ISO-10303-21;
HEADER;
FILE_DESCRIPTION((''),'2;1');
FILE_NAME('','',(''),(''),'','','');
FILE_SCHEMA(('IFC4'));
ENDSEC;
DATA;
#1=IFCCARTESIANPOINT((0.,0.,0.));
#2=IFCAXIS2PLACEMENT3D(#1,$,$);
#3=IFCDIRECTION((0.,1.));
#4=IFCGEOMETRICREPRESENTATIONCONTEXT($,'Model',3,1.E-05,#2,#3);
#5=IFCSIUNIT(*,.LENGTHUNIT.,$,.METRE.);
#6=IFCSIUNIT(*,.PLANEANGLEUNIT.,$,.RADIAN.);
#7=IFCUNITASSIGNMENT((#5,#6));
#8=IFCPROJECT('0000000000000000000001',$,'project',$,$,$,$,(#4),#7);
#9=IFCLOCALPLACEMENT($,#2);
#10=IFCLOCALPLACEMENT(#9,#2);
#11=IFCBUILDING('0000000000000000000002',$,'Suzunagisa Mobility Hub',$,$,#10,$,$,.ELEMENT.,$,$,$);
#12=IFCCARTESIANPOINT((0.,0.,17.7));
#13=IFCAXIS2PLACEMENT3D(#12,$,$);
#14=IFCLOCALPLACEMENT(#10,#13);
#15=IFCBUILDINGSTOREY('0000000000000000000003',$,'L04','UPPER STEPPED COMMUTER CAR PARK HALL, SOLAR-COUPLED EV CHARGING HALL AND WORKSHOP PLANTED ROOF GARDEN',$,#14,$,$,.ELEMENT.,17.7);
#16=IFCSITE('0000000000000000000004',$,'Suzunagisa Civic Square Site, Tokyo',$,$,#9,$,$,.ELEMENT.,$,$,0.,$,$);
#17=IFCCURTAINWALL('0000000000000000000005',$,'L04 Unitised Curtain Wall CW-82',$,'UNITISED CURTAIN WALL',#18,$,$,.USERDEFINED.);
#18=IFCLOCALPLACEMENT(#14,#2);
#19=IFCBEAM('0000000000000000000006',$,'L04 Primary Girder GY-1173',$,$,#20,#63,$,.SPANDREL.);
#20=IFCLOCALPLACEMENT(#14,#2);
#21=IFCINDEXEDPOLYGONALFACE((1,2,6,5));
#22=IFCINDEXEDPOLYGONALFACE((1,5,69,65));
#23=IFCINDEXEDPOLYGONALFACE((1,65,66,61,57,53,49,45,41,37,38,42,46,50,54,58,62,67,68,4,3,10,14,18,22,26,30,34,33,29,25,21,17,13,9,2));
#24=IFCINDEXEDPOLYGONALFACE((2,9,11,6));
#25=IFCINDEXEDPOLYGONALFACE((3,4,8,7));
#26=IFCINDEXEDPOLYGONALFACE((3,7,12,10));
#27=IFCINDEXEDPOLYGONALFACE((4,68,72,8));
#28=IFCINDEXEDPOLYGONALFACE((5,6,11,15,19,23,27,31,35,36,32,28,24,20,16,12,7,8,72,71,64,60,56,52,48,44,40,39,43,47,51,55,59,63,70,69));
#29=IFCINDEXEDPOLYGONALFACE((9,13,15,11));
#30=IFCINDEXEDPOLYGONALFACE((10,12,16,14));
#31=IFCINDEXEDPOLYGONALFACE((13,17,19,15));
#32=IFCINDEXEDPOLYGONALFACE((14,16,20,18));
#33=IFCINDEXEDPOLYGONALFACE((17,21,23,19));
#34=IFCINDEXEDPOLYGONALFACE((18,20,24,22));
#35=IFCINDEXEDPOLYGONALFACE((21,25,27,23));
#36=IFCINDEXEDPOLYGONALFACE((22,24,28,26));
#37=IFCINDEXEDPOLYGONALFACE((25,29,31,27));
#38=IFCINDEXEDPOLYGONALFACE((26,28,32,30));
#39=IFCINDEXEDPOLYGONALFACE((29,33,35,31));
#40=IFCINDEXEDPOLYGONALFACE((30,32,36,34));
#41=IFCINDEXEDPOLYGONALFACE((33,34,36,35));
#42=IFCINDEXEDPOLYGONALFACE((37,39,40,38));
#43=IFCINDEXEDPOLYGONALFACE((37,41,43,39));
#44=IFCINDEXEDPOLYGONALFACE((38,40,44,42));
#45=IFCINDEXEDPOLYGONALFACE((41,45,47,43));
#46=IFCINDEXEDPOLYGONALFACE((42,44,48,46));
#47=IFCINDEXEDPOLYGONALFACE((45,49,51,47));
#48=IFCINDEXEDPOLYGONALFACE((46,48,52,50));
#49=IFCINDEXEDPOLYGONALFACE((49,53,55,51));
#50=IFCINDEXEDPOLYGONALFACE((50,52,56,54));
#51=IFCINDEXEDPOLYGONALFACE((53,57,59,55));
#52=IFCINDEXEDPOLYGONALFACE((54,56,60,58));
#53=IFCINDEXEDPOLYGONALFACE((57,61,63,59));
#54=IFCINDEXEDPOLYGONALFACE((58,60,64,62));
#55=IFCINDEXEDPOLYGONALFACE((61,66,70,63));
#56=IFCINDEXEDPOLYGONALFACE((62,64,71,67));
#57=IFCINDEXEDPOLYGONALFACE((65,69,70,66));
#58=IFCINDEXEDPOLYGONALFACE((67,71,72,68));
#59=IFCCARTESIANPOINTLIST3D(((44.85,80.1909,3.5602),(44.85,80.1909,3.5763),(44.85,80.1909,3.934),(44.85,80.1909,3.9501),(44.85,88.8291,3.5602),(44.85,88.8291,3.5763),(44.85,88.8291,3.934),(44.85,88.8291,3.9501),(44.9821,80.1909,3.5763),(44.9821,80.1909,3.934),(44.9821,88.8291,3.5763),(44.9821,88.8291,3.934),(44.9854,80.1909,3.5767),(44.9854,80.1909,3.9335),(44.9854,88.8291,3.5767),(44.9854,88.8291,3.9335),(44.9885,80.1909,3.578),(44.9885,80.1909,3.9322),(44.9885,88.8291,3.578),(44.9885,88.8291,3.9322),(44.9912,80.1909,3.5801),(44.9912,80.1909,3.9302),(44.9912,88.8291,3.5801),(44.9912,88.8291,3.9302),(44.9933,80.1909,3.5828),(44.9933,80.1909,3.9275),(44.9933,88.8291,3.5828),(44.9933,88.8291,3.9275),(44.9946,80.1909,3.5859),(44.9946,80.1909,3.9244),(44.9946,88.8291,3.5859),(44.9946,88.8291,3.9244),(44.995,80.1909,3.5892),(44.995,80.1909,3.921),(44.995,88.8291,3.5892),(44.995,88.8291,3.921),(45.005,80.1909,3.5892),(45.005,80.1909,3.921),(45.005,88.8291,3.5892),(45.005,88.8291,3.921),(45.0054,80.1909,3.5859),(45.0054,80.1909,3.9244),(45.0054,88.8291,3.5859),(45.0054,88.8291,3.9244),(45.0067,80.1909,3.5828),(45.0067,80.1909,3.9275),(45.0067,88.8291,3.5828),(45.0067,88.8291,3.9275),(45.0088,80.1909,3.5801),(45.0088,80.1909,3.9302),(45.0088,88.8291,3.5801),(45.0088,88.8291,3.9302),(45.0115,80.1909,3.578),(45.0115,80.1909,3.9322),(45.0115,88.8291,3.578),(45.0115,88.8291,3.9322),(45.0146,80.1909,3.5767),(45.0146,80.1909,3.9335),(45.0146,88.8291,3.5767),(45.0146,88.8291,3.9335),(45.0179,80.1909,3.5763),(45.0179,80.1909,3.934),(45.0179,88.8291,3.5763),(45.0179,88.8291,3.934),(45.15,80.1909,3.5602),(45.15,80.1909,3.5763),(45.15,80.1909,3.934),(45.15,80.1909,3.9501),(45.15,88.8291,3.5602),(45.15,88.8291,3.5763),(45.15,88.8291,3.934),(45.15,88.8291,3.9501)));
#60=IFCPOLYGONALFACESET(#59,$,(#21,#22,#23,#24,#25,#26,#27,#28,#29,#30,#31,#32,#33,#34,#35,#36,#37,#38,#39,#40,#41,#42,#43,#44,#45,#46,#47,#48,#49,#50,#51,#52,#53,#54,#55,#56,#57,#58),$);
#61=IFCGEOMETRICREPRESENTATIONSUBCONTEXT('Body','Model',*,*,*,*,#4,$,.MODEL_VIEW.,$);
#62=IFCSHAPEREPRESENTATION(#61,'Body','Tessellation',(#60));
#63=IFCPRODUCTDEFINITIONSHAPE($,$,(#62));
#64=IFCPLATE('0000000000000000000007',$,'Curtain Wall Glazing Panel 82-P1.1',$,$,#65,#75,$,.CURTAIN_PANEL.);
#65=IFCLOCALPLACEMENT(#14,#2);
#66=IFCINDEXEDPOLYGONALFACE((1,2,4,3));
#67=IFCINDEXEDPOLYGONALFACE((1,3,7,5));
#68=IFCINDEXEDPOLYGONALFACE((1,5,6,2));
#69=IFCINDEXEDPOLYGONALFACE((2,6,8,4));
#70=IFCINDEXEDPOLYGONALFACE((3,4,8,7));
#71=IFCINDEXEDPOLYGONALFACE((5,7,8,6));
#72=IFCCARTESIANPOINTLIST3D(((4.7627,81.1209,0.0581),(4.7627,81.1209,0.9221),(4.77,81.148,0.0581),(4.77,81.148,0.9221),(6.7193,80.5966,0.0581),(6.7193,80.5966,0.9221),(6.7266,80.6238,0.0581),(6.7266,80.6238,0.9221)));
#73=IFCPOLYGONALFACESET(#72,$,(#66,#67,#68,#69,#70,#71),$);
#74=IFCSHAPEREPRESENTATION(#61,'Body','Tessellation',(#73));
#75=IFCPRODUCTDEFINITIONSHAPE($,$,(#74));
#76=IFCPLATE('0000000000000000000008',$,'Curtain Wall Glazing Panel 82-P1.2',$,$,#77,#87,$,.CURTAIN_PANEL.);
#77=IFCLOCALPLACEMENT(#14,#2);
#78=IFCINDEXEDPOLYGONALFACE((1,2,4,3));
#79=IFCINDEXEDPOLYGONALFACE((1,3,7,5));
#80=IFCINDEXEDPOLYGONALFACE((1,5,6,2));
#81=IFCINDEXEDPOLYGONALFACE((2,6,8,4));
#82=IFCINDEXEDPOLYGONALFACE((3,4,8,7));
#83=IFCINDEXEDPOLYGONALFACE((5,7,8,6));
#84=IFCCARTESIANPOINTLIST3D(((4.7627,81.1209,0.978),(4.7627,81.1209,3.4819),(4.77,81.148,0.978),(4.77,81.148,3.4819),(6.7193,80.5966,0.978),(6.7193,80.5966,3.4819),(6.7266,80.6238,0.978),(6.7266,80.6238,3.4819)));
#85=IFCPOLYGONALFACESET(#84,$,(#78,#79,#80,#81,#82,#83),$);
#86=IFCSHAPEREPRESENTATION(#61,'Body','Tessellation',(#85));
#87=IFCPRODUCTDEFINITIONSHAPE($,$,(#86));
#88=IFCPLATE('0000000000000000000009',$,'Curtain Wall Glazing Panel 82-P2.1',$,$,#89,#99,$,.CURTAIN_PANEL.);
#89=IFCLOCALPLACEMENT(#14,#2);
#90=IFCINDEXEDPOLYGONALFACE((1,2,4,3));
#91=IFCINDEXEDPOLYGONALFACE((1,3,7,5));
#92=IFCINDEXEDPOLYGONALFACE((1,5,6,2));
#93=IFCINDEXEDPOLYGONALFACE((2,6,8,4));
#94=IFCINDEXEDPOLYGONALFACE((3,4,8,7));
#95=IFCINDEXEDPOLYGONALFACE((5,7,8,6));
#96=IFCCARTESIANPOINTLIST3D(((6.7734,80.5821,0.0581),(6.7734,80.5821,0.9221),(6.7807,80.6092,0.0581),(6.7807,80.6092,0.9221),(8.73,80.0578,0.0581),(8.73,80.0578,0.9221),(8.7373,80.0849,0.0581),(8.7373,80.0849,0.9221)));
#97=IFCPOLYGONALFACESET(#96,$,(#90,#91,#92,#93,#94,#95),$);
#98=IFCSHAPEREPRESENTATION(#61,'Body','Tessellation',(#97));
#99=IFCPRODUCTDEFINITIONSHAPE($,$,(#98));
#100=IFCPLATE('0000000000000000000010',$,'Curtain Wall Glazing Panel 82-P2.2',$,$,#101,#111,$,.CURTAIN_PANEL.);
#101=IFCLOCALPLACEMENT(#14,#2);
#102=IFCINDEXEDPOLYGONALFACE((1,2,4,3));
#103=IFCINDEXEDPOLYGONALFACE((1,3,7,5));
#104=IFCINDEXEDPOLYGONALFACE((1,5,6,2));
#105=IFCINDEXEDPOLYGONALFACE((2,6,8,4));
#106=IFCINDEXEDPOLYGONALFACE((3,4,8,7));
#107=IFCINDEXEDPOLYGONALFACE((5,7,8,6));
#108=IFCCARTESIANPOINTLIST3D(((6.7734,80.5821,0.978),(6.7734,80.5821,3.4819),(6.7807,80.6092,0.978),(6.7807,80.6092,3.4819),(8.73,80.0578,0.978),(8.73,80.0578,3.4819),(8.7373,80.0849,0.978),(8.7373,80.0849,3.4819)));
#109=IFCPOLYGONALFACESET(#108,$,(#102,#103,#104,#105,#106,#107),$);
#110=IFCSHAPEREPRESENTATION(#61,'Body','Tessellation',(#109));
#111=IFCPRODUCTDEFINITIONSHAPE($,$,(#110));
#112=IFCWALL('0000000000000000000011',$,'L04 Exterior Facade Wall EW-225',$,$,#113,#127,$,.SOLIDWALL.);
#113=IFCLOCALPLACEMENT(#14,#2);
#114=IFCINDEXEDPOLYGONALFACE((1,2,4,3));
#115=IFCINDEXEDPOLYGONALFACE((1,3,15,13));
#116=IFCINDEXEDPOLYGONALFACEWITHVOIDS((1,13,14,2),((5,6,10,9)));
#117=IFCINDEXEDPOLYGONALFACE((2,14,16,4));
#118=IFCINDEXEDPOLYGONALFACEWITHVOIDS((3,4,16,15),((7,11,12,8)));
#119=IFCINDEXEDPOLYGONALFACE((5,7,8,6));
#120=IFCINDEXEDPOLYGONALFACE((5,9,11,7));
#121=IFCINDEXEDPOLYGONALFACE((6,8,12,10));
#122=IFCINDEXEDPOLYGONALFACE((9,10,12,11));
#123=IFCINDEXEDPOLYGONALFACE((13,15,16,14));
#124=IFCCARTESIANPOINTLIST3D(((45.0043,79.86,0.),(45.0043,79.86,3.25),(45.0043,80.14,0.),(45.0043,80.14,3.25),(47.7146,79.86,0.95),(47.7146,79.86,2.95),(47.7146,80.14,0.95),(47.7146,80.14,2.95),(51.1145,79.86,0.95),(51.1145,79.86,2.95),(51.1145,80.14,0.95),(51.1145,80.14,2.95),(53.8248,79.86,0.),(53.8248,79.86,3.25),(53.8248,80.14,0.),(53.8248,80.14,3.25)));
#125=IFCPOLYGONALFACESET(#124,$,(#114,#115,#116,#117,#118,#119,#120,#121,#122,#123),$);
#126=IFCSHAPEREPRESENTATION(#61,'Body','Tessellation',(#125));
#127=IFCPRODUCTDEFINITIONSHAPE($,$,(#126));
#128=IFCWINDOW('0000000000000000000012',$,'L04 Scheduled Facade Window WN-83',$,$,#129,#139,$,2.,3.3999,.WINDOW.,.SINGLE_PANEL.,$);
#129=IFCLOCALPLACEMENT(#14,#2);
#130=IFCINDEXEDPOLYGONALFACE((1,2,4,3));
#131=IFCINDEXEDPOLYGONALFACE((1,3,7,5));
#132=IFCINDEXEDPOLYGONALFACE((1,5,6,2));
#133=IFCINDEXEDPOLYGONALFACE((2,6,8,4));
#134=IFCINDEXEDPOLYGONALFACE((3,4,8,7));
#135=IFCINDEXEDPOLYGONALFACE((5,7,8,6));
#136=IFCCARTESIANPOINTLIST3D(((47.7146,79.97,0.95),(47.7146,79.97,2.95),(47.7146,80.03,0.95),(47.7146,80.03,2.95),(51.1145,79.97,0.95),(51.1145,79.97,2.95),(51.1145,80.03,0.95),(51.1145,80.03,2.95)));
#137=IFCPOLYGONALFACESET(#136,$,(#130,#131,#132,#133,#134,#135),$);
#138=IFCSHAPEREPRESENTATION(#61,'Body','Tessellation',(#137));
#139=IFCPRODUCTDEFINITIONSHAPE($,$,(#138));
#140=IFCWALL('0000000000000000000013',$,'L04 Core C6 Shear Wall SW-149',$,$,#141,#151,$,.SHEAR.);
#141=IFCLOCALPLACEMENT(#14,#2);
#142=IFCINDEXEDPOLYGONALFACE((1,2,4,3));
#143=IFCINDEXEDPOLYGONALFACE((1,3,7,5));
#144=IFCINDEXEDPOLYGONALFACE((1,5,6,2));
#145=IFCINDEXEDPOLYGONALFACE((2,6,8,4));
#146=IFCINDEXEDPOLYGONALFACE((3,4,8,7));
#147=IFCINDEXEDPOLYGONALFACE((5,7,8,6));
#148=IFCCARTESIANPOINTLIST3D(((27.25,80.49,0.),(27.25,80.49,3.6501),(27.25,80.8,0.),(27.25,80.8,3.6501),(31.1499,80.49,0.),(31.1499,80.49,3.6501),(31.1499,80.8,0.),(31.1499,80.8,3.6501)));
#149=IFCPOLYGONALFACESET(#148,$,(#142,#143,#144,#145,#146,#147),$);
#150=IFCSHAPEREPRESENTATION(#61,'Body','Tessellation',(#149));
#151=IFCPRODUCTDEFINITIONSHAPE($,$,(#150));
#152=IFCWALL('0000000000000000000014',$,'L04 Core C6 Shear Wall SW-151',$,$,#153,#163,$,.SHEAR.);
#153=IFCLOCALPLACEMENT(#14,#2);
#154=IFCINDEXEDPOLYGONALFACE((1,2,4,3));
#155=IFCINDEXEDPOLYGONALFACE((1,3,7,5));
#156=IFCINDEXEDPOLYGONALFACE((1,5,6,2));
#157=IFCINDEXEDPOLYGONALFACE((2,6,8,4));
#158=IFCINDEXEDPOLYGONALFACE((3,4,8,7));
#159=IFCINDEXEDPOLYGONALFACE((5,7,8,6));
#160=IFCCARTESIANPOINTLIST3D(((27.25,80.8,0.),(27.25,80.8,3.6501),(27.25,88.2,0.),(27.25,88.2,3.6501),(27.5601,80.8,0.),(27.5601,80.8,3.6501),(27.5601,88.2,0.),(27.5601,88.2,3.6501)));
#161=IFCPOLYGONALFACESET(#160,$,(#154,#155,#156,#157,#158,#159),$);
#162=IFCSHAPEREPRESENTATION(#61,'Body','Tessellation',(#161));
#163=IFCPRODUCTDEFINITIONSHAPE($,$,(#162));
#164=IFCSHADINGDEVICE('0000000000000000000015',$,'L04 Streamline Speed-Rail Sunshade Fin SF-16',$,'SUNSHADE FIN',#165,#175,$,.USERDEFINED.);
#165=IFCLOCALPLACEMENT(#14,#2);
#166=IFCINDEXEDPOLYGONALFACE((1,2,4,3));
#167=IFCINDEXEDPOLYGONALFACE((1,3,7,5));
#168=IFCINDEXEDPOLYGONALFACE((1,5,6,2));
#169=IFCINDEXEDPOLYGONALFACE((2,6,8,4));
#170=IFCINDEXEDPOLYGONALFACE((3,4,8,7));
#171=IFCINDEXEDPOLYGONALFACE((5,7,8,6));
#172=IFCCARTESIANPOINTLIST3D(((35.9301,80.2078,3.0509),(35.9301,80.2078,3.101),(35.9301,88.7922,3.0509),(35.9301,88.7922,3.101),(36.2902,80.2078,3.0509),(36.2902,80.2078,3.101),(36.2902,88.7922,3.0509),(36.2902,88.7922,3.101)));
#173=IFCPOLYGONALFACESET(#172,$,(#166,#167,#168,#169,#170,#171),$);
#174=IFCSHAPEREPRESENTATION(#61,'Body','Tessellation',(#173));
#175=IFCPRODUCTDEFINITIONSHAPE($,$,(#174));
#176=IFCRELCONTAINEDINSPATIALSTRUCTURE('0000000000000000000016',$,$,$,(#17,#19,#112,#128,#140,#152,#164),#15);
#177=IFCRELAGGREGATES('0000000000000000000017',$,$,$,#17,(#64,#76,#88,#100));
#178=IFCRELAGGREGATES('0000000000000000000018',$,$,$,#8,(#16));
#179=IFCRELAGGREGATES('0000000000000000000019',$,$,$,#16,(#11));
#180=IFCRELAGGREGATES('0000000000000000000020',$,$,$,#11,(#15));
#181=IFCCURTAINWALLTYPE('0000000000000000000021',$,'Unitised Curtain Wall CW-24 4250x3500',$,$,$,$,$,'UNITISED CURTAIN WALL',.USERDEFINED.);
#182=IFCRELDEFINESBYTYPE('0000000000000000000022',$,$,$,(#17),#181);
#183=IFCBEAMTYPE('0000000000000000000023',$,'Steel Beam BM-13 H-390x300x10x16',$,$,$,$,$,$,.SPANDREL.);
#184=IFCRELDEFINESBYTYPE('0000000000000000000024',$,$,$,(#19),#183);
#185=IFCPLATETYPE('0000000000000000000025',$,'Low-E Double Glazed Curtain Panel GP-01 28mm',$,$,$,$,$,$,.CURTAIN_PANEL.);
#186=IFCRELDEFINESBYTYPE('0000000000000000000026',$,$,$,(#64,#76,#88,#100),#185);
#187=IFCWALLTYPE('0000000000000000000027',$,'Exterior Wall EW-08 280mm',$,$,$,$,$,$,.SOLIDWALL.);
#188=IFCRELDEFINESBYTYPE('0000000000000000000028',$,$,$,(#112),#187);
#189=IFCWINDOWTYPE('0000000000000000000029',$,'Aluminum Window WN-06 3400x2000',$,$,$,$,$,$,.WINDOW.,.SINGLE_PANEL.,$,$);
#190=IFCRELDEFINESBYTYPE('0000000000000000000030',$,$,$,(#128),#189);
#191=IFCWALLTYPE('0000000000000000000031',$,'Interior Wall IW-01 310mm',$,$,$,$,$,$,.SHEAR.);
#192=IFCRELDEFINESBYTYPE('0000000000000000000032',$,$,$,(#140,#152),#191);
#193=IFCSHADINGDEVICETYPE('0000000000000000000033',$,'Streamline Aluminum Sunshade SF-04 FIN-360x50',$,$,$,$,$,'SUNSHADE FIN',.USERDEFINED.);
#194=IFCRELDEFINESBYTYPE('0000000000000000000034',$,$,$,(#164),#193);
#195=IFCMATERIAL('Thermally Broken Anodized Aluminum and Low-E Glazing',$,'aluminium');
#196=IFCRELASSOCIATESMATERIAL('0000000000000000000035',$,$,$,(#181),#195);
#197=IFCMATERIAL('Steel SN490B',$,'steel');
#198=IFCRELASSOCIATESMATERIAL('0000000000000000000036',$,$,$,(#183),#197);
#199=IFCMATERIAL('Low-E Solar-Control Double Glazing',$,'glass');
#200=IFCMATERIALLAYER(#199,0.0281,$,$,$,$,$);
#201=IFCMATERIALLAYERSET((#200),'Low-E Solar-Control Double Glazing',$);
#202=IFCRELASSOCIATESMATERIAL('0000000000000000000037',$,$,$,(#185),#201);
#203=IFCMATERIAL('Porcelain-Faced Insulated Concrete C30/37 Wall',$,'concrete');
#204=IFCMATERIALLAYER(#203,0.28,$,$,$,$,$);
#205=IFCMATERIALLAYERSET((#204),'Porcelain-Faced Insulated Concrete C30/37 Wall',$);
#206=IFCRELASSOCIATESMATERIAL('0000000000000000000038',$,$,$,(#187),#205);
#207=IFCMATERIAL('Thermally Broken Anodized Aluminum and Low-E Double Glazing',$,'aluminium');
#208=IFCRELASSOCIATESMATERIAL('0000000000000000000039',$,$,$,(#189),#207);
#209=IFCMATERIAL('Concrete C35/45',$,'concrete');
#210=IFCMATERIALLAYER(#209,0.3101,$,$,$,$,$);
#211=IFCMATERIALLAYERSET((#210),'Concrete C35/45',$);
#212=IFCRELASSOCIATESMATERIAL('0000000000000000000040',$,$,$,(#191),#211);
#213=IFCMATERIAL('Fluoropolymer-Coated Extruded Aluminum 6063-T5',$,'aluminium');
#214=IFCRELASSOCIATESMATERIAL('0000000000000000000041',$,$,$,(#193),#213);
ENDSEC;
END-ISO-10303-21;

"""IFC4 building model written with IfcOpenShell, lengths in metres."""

from ifc_helpers import new_model, si_unit, direction, frame, frame_2d, origin, origin_2d, place, context, subcontext, project, spatial, rectangle, i_section, extrude, material, layer, layer_set, material_profile, profile_set, type_object, element, fill, aggregate, save


model = new_model("IFC4")

# Units and contexts
model_context = context("Model", 3, precision=1e-05, world=origin(), true_north=direction((0.0, 1.0)))
body_context = subcontext(model_context, "Body", "Model", "MODEL_VIEW")
ifc_project = project(units=[si_unit("LENGTHUNIT", "METRE"), si_unit("PLANEANGLEUNIT", "RADIAN")], contexts=[model_context])

# Site, building, storey
site_placement = place(None, origin())
site = spatial("IfcSite", under=ifc_project, at=site_placement, Name="Suzunagisa Civic Square Site, Tokyo", CompositionType="ELEMENT", RefElevation=0.0)
building_placement = place(site_placement, origin())
building = spatial("IfcBuilding", under=site, at=building_placement, Name="Suzunagisa Mobility Hub", CompositionType="ELEMENT")
storey_placement = place(building_placement, frame((0.0, 0.0, 17.7)))
storey = spatial("IfcBuildingStorey", under=building, at=storey_placement, Name="L04", Description="UPPER STEPPED COMMUTER CAR PARK HALL, SOLAR-COUPLED EV CHARGING HALL AND WORKSHOP PLANTED ROOF GARDEN", CompositionType="ELEMENT", Elevation=17.7)

# Shared definitions
ifc_material_1 = material(Name="Steel SN490B", Category="steel")

# Curtain wall
ifc_material_2 = material(Name="Thermally Broken Anodized Aluminum and Low-E Glazing", Category="aluminium")
curtain_wall_type_1 = type_object("IfcCurtainWallType", Name="Unitised Curtain Wall CW-24 4250x3500", ElementType="UNITISED CURTAIN WALL", PredefinedType="USERDEFINED", material=ifc_material_2)
curtain_wall_1_placement = place(storey_placement, origin())
curtain_wall_1 = element("IfcCurtainWall", 1, at=curtain_wall_1_placement, inside=storey, type_object=curtain_wall_type_1, Name="L04 Unitised Curtain Wall CW-82", ObjectType="UNITISED CURTAIN WALL", PredefinedType="USERDEFINED")

# Beam
ifc_material_profile_1 = material_profile(ifc_material_1, i_section(OverallWidth=0.3, OverallDepth=0.3899, WebThickness=0.01, FlangeThickness=0.0161, FilletRadius=0.0129, at=origin_2d()), Name="H-390x300x10x16")
ifc_profile_set_1 = profile_set([ifc_material_profile_1], Name="Steel SN490B")
beam_type_1 = type_object("IfcBeamType", Name="Steel Beam BM-13 H-390x300x10x16", PredefinedType="SPANDREL", material=ifc_profile_set_1)
beam_1_placement = place(storey_placement, frame((45.0, 80.1909, 3.7551), z_axis=(0.0, 1.0, 0.0), x_axis=(-1.0, 0.0, 0.0)))
element("IfcBeam", 2, at=beam_1_placement, inside=storey, type_object=beam_type_1, Name="L04 Primary Girder GY-1173", PredefinedType="SPANDREL", context=body_context, shape_type="SweptSolid", body=[
    extrude(i_section(OverallWidth=0.3, OverallDepth=0.3899, WebThickness=0.01, FlangeThickness=0.0161, FilletRadius=0.0129, at=origin_2d()), origin(), (0.0, 0.0, 1.0), 8.6382),
])

# Plates
ifc_material_3 = material(Name="Low-E Solar-Control Double Glazing", Category="glass")
ifc_layer_1 = layer(ifc_material_3, 0.0281)
ifc_layer_set_1 = layer_set([ifc_layer_1], Name="Low-E Solar-Control Double Glazing")
plate_type = type_object("IfcPlateType", Name="Low-E Double Glazed Curtain Panel GP-01 28mm", PredefinedType="CURTAIN_PANEL", material=ifc_layer_set_1)
plate_1_placement = place(storey_placement, frame((5.7446, 80.8723, 0.0581), z_axis=(0.0, 0.0, 1.0), x_axis=(0.96593, -0.258803, 0.0)))
plate_1 = element("IfcPlate", 3, at=plate_1_placement, type_object=plate_type, Name="Curtain Wall Glazing Panel 82-P1.1", PredefinedType="CURTAIN_PANEL", context=body_context, shape_type="SweptSolid", body=[
    extrude(rectangle(XDim=2.0256, YDim=0.0281, at=origin_2d()), origin(), (0.0, 0.0, 1.0), 0.864),
])
plate_2_placement = place(storey_placement, frame((5.7446, 80.8723, 0.978), z_axis=(0.0, 0.0, 1.0), x_axis=(0.96593, -0.258803, 0.0)))
plate_2 = element("IfcPlate", 4, at=plate_2_placement, type_object=plate_type, Name="Curtain Wall Glazing Panel 82-P1.2", PredefinedType="CURTAIN_PANEL", context=body_context, shape_type="SweptSolid", body=[
    extrude(rectangle(XDim=2.0256, YDim=0.0281, at=origin_2d()), origin(), (0.0, 0.0, 1.0), 2.5039),
])
plate_3_placement = place(storey_placement, frame((7.7554, 80.3335, 0.0581), z_axis=(0.0, 0.0, 1.0), x_axis=(0.96593, -0.258803, 0.0)))
plate_3 = element("IfcPlate", 5, at=plate_3_placement, type_object=plate_type, Name="Curtain Wall Glazing Panel 82-P2.1", PredefinedType="CURTAIN_PANEL", context=body_context, shape_type="SweptSolid", body=[
    extrude(rectangle(XDim=2.0256, YDim=0.0281, at=origin_2d()), origin(), (0.0, 0.0, 1.0), 0.864),
])
plate_4_placement = place(storey_placement, frame((7.7554, 80.3335, 0.978), z_axis=(0.0, 0.0, 1.0), x_axis=(0.96593, -0.258803, 0.0)))
plate_4 = element("IfcPlate", 6, at=plate_4_placement, type_object=plate_type, Name="Curtain Wall Glazing Panel 82-P2.2", PredefinedType="CURTAIN_PANEL", context=body_context, shape_type="SweptSolid", body=[
    extrude(rectangle(XDim=2.0256, YDim=0.0281, at=origin_2d()), origin(), (0.0, 0.0, 1.0), 2.5039),
])
aggregate(curtain_wall_1, [plate_1, plate_2, plate_3, plate_4])

# Wall, opening, window
ifc_material_4 = material(Name="Porcelain-Faced Insulated Concrete C30/37 Wall", Category="concrete")
ifc_layer_2 = layer(ifc_material_4, 0.28)
ifc_layer_set_2 = layer_set([ifc_layer_2], Name="Porcelain-Faced Insulated Concrete C30/37 Wall")
wall_type_1 = type_object("IfcWallType", Name="Exterior Wall EW-08 280mm", PredefinedType="SOLIDWALL", material=ifc_layer_set_2)
wall_1_placement = place(storey_placement, frame((45.0044, 80.0, 0.0), z_axis=(0.0, 0.0, 1.0), x_axis=(1.0, 0.0, 0.0)))
wall_1 = element("IfcWall", 7, at=wall_1_placement, inside=storey, type_object=wall_type_1, Name="L04 Exterior Facade Wall EW-225", PredefinedType="SOLIDWALL", context=body_context, shape_type="SweptSolid", body=[
    extrude(rectangle(XDim=8.8206, YDim=0.28, at=frame_2d((4.4102, 0.0))), origin(), (0.0, 0.0, 1.0), 3.25),
])
opening_1_placement = place(wall_1_placement, frame((2.7102, 0.0, 0.95)))
opening_1 = element("IfcOpeningElement", 8, at=opening_1_placement, cuts=wall_1, PredefinedType="OPENING", context=body_context, shape_type="SweptSolid", body=[
    extrude(rectangle(XDim=3.3999, YDim=2.0, at=frame_2d((1.7, 1.0))), frame((0.0, 0.1509, 0.0), z_axis=(0.0, -1.0, 0.0), x_axis=(1.0, 0.0, 0.0)), (0.0, 0.0, 1.0), 0.302),
])
ifc_material_5 = material(Name="Thermally Broken Anodized Aluminum and Low-E Double Glazing", Category="aluminium")
window_type = type_object("IfcWindowType", Name="Aluminum Window WN-06 3400x2000", PartitioningType="SINGLE_PANEL", PredefinedType="WINDOW", material=ifc_material_5)
window_placement = place(opening_1_placement, origin())
window = element("IfcWindow", 9, at=window_placement, inside=storey, type_object=window_type, Name="L04 Scheduled Facade Window WN-83", OverallHeight=2.0, OverallWidth=3.3999, PartitioningType="SINGLE_PANEL", PredefinedType="WINDOW", context=body_context, shape_type="SweptSolid", body=[
    extrude(rectangle(XDim=3.3999, YDim=2.0, at=frame_2d((1.7, 1.0))), frame((0.0, 0.03, 0.0), z_axis=(0.0, -1.0, 0.0), x_axis=(1.0, 0.0, 0.0)), (0.0, 0.0, 1.0), 0.0601),
])
fill(opening_1, window)

# Walls
ifc_material_6 = material(Name="Concrete C35/45", Category="concrete")
ifc_layer_3 = layer(ifc_material_6, 0.3101)
ifc_layer_set_3 = layer_set([ifc_layer_3], Name="Concrete C35/45")
wall_type_2 = type_object("IfcWallType", Name="Interior Wall IW-01 310mm", PredefinedType="SHEAR", material=ifc_layer_set_3)
wall_2_placement = place(storey_placement, frame((27.25, 80.645, 0.0), z_axis=(0.0, 0.0, 1.0), x_axis=(1.0, 0.0, 0.0)))
element("IfcWall", 10, at=wall_2_placement, inside=storey, type_object=wall_type_2, Name="L04 Core C6 Shear Wall SW-149", PredefinedType="SHEAR", context=body_context, shape_type="SweptSolid", body=[
    extrude(rectangle(XDim=3.8999, YDim=0.3101, at=frame_2d((1.95, 0.0))), origin(), (0.0, 0.0, 1.0), 3.6501),
])
wall_3_placement = place(storey_placement, frame((27.405, 80.8, 0.0), z_axis=(0.0, 0.0, 1.0), x_axis=(0.0, 1.0, 0.0)))
element("IfcWall", 11, at=wall_3_placement, inside=storey, type_object=wall_type_2, Name="L04 Core C6 Shear Wall SW-151", PredefinedType="SHEAR", context=body_context, shape_type="SweptSolid", body=[
    extrude(rectangle(XDim=7.3999, YDim=0.3101, at=frame_2d((3.7, 0.0))), origin(), (0.0, 0.0, 1.0), 3.6501),
])

# Shading device
ifc_material_7 = material(Name="Fluoropolymer-Coated Extruded Aluminum 6063-T5", Category="aluminium")
ifc_material_profile_2 = material_profile(ifc_material_7, rectangle(XDim=0.3601, YDim=0.05, at=origin_2d()), Name="FIN-360x50")
ifc_profile_set_2 = profile_set([ifc_material_profile_2], Name="Fluoropolymer-Coated Extruded Aluminum 6063-T5")
shading_device_type = type_object("IfcShadingDeviceType", Name="Streamline Aluminum Sunshade SF-04 FIN-360x50", ElementType="SUNSHADE FIN", PredefinedType="USERDEFINED", material=ifc_profile_set_2)
shading_device_placement = place(storey_placement, frame((36.1101, 80.2078, 3.0759), z_axis=(0.0, 1.0, 0.0), x_axis=(-1.0, 0.0, 0.0)))
element("IfcShadingDevice", 12, at=shading_device_placement, inside=storey, type_object=shading_device_type, Name="L04 Streamline Speed-Rail Sunshade Fin SF-16", ObjectType="SUNSHADE FIN", PredefinedType="USERDEFINED", context=body_context, shape_type="SweptSolid", body=[
    extrude(rectangle(XDim=0.3601, YDim=0.05, at=origin_2d()), origin(), (0.0, 0.0, 1.0), 8.5845),
])

save(model, "model.ifc")
